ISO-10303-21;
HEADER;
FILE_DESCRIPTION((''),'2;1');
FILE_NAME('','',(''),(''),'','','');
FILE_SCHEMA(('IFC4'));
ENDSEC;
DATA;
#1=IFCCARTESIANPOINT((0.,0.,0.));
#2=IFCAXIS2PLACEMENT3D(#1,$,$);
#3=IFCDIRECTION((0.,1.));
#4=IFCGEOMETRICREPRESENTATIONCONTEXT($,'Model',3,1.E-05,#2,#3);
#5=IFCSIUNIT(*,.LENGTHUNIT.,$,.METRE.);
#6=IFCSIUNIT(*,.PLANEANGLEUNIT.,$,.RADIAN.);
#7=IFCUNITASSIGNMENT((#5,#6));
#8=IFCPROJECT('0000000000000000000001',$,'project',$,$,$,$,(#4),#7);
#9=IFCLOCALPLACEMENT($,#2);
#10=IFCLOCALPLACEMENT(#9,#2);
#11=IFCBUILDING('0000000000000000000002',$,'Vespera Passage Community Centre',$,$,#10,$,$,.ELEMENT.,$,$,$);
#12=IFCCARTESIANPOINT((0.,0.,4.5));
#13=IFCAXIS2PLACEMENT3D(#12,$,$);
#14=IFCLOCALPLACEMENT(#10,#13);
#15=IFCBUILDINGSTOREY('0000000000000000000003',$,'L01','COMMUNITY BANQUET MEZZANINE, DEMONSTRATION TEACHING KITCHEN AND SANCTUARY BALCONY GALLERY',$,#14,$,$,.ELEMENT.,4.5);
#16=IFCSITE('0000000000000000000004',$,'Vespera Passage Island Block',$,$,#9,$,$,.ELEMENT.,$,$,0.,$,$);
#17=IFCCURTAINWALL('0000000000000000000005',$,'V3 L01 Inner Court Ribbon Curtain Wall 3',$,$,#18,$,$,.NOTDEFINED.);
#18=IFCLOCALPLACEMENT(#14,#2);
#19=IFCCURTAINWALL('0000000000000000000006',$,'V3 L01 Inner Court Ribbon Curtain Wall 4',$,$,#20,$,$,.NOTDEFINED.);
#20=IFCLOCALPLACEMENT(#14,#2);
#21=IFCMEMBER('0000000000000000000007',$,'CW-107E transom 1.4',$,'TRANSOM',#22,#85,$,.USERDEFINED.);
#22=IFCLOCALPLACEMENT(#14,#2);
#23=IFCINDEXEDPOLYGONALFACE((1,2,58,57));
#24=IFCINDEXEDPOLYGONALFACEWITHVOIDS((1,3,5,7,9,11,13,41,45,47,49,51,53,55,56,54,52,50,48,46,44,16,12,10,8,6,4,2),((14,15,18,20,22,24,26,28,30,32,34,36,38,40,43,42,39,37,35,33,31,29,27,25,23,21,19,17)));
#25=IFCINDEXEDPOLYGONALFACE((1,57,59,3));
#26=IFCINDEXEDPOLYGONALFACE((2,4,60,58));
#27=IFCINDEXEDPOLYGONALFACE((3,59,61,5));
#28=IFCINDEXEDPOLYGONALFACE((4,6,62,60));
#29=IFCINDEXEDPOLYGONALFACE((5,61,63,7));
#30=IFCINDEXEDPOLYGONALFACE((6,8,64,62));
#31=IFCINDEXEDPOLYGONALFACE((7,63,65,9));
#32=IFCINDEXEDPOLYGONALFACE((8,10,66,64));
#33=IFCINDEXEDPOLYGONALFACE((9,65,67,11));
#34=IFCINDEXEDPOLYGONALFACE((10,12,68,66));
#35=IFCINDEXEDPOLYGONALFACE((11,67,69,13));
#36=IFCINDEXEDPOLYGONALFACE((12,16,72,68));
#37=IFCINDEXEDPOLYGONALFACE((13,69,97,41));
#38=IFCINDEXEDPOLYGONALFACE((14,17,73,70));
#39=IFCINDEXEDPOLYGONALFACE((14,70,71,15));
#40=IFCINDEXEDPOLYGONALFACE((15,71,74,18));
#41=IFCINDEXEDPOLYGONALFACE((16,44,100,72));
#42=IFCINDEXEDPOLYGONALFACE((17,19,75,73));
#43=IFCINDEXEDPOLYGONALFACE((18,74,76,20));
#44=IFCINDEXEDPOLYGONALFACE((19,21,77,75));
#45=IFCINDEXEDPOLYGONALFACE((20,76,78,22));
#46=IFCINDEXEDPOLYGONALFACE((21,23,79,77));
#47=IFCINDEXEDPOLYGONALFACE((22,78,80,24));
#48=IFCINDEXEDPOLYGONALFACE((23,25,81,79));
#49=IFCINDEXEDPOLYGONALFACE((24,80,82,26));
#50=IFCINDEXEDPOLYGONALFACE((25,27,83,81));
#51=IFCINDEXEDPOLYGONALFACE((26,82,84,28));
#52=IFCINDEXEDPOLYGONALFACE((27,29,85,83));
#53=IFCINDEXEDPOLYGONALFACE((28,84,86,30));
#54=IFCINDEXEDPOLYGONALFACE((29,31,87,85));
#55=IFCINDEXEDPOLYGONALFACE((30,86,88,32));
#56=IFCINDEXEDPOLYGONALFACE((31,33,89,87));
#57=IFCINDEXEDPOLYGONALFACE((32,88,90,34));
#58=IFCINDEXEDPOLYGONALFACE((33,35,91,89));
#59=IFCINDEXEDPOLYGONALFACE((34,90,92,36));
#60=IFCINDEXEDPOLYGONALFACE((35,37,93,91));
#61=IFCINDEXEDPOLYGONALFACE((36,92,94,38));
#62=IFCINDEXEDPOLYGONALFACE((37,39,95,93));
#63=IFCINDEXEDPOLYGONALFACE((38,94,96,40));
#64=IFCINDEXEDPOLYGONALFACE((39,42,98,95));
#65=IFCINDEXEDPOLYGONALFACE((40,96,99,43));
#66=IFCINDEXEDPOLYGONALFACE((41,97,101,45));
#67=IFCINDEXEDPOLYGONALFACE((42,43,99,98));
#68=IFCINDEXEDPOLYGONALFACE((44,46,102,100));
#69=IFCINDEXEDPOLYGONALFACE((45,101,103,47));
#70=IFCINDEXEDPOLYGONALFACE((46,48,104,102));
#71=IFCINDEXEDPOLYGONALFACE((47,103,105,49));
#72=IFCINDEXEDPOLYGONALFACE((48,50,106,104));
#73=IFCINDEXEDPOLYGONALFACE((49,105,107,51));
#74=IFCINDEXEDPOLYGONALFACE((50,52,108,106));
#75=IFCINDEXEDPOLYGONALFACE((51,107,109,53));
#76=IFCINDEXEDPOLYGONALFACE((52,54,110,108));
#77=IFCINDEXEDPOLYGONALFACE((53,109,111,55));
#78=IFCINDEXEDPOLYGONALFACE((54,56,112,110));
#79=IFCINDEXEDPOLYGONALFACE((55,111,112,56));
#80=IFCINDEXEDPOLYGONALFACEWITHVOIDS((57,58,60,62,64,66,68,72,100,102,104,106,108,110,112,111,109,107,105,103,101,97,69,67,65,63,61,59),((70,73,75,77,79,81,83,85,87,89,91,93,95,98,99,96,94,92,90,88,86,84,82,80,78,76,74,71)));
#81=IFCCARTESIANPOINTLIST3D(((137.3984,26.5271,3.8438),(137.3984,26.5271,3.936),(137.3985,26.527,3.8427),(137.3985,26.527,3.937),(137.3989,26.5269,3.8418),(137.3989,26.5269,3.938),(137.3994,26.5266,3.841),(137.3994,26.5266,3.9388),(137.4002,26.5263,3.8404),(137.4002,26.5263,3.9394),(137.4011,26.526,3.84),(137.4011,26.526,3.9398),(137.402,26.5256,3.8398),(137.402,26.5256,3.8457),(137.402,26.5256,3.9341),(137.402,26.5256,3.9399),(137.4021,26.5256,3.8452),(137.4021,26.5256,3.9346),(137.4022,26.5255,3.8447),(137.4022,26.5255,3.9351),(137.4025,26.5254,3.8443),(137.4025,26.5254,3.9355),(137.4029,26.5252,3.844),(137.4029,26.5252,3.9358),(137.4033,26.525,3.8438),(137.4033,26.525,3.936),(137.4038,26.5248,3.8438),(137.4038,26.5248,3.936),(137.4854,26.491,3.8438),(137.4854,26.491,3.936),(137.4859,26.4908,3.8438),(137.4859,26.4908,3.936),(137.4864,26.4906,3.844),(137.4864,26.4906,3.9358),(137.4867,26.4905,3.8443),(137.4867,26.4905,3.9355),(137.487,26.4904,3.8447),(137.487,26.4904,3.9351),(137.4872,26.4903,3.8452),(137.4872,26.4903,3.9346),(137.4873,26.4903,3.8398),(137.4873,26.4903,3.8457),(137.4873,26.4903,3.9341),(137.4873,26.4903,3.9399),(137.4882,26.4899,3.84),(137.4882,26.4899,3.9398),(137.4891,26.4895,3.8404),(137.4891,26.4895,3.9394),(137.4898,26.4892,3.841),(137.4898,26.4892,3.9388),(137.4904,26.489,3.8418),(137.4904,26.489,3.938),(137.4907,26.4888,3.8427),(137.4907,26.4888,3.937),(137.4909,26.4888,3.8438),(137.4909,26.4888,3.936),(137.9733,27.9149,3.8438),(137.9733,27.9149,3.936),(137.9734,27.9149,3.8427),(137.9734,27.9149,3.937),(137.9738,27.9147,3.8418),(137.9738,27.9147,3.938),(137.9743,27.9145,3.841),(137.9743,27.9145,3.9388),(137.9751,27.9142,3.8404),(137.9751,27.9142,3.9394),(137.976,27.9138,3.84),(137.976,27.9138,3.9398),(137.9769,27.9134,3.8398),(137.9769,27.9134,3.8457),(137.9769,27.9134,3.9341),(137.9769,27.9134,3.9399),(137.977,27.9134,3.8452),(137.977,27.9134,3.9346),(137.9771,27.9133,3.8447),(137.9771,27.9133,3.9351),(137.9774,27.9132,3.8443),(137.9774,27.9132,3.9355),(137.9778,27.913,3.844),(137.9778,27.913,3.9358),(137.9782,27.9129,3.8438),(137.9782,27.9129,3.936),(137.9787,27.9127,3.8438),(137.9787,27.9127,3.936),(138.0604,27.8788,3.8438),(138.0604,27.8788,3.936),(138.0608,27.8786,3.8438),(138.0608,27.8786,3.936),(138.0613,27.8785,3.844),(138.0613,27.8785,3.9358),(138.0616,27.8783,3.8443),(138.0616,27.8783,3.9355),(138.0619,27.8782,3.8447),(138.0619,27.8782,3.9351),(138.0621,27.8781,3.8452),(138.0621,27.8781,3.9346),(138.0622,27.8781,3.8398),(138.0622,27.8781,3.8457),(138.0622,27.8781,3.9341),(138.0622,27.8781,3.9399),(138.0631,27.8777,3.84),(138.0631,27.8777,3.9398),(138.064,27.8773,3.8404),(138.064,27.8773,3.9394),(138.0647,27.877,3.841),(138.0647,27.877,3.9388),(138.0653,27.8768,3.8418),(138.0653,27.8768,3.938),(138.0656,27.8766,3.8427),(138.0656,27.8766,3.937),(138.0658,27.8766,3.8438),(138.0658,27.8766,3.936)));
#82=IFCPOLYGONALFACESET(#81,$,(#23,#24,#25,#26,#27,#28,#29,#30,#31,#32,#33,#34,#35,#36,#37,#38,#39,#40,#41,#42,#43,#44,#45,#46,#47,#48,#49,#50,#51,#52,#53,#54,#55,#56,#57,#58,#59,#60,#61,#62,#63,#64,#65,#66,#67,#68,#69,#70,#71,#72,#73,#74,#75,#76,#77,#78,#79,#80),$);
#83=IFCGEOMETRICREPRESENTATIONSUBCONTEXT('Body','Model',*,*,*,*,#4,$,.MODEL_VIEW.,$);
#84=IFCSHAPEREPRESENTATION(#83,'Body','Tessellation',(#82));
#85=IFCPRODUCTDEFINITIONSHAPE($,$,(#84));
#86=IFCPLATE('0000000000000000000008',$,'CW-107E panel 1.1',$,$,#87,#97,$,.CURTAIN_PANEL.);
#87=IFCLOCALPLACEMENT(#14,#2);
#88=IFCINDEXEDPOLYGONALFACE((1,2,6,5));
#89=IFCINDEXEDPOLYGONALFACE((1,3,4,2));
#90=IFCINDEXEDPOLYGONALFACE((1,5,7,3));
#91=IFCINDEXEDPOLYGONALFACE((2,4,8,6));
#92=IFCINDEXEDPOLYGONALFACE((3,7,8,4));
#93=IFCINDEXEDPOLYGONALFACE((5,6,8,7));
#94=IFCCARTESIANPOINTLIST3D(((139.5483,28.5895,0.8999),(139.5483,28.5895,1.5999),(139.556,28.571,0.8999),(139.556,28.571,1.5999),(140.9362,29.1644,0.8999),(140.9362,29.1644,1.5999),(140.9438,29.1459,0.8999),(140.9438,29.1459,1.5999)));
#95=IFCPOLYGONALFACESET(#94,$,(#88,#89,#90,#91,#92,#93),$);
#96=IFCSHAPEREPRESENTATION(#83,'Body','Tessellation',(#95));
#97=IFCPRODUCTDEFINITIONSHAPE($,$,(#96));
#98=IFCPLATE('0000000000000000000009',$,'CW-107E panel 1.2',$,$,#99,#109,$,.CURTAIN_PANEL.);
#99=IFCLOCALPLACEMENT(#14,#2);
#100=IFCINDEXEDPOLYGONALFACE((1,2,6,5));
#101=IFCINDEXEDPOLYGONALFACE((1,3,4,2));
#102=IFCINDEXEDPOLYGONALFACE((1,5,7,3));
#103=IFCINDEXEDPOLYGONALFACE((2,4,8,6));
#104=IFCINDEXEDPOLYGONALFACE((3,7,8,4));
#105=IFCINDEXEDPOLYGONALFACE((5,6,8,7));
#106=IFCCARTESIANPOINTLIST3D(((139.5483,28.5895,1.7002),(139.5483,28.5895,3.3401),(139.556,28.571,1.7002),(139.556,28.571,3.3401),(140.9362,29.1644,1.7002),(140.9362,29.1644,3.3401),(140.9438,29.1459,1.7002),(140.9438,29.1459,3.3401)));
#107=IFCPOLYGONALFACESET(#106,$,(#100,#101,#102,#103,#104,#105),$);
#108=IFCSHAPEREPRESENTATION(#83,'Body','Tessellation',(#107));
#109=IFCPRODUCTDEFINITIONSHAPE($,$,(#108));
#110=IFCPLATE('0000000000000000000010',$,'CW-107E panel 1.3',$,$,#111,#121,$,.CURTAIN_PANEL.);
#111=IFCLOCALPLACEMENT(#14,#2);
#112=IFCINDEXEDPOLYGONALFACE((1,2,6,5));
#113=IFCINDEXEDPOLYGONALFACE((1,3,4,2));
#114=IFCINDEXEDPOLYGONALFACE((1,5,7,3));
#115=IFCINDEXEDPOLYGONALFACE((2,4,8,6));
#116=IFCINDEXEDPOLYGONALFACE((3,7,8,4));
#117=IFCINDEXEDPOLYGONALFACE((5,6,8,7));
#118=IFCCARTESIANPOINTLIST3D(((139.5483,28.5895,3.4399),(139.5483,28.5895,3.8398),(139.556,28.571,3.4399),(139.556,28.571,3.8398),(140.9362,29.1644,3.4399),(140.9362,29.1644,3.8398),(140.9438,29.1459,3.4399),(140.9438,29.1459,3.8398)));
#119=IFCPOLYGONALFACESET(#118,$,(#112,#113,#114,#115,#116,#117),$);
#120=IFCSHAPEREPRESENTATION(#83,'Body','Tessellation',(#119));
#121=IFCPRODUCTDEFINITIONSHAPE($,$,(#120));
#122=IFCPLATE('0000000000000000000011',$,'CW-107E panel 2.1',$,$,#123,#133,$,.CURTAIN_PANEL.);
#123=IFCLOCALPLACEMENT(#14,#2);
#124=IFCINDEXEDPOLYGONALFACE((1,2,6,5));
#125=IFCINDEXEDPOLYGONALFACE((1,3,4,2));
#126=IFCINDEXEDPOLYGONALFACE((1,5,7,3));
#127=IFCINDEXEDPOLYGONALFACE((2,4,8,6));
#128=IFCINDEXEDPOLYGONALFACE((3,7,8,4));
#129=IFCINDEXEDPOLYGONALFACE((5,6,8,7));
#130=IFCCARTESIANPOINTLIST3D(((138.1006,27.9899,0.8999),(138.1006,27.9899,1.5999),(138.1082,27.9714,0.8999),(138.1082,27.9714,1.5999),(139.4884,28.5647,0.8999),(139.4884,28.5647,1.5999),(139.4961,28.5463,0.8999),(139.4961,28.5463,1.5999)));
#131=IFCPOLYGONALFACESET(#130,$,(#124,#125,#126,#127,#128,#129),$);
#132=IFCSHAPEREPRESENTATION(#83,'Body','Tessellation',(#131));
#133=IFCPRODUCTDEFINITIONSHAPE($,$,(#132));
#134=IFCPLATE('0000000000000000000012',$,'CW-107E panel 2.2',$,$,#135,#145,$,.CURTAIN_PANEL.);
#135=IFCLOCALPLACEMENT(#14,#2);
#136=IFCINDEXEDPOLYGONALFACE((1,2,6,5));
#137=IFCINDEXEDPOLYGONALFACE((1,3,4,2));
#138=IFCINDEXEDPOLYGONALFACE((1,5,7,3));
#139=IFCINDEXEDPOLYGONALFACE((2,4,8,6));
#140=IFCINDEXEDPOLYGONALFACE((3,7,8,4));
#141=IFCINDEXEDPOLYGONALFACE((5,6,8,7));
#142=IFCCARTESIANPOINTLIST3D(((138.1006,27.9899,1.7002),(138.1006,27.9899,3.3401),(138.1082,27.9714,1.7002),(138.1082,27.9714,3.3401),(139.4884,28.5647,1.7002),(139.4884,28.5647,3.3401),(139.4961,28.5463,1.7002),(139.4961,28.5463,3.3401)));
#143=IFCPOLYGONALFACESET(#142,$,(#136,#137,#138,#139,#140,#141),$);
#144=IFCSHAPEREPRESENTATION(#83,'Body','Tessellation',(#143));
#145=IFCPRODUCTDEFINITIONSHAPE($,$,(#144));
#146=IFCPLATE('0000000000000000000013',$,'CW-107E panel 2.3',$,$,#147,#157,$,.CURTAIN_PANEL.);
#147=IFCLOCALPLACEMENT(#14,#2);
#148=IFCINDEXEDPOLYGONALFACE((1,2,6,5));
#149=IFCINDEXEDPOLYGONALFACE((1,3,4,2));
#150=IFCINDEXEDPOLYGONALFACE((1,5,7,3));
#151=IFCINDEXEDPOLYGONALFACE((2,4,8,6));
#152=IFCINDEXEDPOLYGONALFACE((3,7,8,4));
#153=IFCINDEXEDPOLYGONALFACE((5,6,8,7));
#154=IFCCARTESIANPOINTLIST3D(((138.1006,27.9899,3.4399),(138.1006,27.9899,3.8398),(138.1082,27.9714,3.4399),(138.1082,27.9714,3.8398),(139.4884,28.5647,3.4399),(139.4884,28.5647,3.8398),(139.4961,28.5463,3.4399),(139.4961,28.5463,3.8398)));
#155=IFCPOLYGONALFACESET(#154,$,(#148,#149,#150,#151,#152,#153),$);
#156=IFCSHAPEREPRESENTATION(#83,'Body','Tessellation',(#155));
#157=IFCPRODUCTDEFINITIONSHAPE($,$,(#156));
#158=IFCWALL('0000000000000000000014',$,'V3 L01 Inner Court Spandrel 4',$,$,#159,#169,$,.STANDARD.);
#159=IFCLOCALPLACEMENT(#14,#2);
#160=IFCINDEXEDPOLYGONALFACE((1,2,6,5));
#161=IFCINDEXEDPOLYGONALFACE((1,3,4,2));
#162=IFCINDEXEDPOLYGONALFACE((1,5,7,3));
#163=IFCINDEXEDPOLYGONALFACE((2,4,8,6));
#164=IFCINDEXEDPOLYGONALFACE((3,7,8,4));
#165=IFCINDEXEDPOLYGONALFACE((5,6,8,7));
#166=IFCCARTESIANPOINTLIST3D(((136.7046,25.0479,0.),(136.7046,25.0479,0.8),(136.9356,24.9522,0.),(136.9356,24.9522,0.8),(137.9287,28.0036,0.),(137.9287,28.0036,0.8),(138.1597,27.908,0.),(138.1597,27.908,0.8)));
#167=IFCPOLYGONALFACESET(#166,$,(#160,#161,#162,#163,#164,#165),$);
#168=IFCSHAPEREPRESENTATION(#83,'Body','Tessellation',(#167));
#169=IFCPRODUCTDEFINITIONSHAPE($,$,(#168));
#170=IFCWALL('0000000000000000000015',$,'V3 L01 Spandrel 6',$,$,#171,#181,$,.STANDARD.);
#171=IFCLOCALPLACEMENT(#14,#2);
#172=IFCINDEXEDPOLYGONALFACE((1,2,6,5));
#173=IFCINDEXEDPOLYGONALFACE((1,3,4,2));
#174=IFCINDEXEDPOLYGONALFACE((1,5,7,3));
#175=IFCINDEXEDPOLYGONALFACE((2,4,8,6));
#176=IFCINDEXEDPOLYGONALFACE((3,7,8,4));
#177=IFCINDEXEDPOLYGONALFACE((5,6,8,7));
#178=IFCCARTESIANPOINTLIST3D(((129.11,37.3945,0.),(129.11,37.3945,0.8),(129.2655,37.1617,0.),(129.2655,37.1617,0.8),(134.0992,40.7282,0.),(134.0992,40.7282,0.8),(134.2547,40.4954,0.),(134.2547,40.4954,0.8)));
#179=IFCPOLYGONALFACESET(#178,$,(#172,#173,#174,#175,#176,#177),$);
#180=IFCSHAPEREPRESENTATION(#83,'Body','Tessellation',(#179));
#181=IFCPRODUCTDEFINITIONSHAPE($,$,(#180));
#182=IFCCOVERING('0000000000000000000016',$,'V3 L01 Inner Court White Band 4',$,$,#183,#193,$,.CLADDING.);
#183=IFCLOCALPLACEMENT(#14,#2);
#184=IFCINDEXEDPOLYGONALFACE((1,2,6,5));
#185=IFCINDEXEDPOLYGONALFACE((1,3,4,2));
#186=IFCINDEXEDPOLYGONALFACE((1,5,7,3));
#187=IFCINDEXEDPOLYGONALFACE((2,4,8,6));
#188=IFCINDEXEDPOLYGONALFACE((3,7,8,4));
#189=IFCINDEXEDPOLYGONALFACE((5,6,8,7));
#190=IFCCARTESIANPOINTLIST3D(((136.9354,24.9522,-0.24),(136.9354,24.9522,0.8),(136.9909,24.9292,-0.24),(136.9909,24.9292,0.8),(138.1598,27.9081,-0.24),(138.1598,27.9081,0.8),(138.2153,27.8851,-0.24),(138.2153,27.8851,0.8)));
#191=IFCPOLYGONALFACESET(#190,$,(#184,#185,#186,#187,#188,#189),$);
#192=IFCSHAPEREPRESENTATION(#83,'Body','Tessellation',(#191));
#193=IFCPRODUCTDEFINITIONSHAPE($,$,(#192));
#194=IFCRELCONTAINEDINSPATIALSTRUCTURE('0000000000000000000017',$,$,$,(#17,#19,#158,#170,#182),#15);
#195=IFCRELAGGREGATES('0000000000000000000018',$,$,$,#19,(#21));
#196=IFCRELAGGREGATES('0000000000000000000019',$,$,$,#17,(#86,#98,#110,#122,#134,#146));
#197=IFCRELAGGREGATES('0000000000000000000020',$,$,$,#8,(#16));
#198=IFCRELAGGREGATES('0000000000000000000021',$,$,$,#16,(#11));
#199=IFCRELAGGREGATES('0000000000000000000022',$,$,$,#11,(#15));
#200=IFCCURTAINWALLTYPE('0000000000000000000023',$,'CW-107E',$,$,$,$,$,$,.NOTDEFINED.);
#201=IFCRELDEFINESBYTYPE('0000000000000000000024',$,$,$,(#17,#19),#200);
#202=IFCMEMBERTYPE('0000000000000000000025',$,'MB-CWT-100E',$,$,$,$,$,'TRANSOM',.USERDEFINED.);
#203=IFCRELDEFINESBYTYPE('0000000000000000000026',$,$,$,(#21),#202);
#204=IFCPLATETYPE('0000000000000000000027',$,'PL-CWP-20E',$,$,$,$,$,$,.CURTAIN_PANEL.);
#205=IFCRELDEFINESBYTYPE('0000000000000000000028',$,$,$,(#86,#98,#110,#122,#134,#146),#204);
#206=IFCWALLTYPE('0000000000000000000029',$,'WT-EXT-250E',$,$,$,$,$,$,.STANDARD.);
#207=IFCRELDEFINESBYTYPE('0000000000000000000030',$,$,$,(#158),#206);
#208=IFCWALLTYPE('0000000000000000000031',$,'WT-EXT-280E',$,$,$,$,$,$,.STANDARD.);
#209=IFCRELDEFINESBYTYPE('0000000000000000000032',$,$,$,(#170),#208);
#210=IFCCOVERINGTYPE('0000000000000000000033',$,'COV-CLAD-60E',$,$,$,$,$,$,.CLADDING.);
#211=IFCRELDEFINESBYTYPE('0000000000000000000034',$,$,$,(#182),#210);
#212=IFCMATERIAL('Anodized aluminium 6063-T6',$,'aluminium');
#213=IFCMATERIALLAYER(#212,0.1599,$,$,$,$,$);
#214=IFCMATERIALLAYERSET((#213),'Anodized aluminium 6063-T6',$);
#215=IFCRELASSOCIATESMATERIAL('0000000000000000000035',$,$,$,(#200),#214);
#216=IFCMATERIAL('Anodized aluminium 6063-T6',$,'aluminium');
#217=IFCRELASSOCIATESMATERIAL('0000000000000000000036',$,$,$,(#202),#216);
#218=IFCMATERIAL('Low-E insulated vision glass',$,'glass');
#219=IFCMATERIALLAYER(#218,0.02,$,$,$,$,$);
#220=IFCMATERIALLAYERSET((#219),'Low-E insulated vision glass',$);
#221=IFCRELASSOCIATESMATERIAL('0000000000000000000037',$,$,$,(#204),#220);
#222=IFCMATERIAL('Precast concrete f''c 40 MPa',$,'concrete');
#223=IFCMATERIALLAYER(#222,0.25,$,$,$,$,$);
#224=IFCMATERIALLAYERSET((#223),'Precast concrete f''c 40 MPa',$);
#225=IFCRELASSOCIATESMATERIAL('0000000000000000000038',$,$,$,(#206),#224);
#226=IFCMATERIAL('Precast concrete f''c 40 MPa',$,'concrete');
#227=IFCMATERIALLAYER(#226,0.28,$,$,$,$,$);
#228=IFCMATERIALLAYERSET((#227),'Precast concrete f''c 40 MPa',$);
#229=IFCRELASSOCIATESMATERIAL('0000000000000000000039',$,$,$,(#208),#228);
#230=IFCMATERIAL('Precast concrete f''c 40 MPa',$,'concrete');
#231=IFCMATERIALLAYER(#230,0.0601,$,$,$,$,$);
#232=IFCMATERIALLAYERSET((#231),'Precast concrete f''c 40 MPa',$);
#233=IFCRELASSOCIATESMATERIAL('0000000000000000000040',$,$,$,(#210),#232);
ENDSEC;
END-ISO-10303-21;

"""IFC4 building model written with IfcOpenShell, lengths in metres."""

from ifc_helpers import new_model, si_unit, direction, frame, frame_2d, origin, origin_2d, place, context, subcontext, project, spatial, rectangle, hollow_rectangle, extrude, material, layer, layer_set, material_profile, profile_set, type_object, element, aggregate, save


model = new_model("IFC4")

# Units and contexts
model_context = context("Model", 3, precision=1e-05, world=origin(), true_north=direction((0.0, 1.0)))
body_context = subcontext(model_context, "Body", "Model", "MODEL_VIEW")
ifc_project = project(units=[si_unit("LENGTHUNIT", "METRE"), si_unit("PLANEANGLEUNIT", "RADIAN")], contexts=[model_context])

# Site, building, storey
site_placement = place(None, origin())
site = spatial("IfcSite", under=ifc_project, at=site_placement, Name="Vespera Passage Island Block", CompositionType="ELEMENT", RefElevation=0.0)
building_placement = place(site_placement, origin())
building = spatial("IfcBuilding", under=site, at=building_placement, Name="Vespera Passage Community Centre", CompositionType="ELEMENT")
storey_placement = place(building_placement, frame((0.0, 0.0, 4.5)))
storey = spatial("IfcBuildingStorey", under=building, at=storey_placement, Name="L01", Description="COMMUNITY BANQUET MEZZANINE, DEMONSTRATION TEACHING KITCHEN AND SANCTUARY BALCONY GALLERY", CompositionType="ELEMENT", Elevation=4.5)

# Curtain wall
ifc_material_1 = material(Name="Anodized aluminium 6063-T6", Category="aluminium")
ifc_layer_1 = layer(ifc_material_1, 0.1599)
ifc_layer_set_1 = layer_set([ifc_layer_1], Name="Anodized aluminium 6063-T6")
curtain_wall_type = type_object("IfcCurtainWallType", Name="CW-107E", PredefinedType="NOTDEFINED", material=ifc_layer_set_1)
curtain_wall_1_placement = place(storey_placement, origin())
curtain_wall_1 = element("IfcCurtainWall", 1, at=curtain_wall_1_placement, inside=storey, type_object=curtain_wall_type, Name="V3 L01 Inner Court Ribbon Curtain Wall 3", PredefinedType="NOTDEFINED")

# Curtain wall
curtain_wall_2_placement = place(storey_placement, origin())
curtain_wall_2 = element("IfcCurtainWall", 2, at=curtain_wall_2_placement, inside=storey, type_object=curtain_wall_type, Name="V3 L01 Inner Court Ribbon Curtain Wall 4", PredefinedType="NOTDEFINED")

# Member
ifc_material_2 = material(Name="Anodized aluminium 6063-T6", Category="aluminium")
ifc_material_profile_1 = material_profile(ifc_material_2, hollow_rectangle(XDim=0.1001, YDim=0.1001, WallThickness=0.0039, InnerFilletRadius=0.002, OuterFilletRadius=0.0039, at=origin_2d()), Name="ALU100X100X4")
ifc_profile_set_1 = profile_set([ifc_material_profile_1], Name="Anodized aluminium 6063-T6")
member_type_1 = type_object("IfcMemberType", Name="MB-CWT-100E", ElementType="TRANSOM", PredefinedType="USERDEFINED", material=ifc_profile_set_1)
member_1_placement = place(storey_placement, frame((138.0195, 27.8958, 3.8899), z_axis=(-0.382711, -0.923868, 0.0), x_axis=(0.923868, -0.382711, 0.0)))
member_1 = element("IfcMember", 3, at=member_1_placement, type_object=member_type_1, Name="CW-107E transom 1.4", ObjectType="TRANSOM", PredefinedType="USERDEFINED", context=body_context, shape_type="SweptSolid", body=[
    extrude(hollow_rectangle(XDim=0.1001, YDim=0.1001, WallThickness=0.0039, InnerFilletRadius=0.002, OuterFilletRadius=0.0039, at=origin_2d()), origin(), (0.0, 0.0, 1.0), 1.5022),
])
aggregate(curtain_wall_2, [member_1])

# Plates
ifc_material_3 = material(Name="Low-E insulated vision glass", Category="glass")
ifc_layer_2 = layer(ifc_material_3, 0.02)
ifc_layer_set_2 = layer_set([ifc_layer_2], Name="Low-E insulated vision glass")
plate_type = type_object("IfcPlateType", Name="PL-CWP-20E", PredefinedType="CURTAIN_PANEL", material=ifc_layer_set_2)
plate_1_placement = place(storey_placement, frame((140.2461, 28.8677, 0.8999), z_axis=(0.0, 0.0, 1.0), x_axis=(-0.923879, -0.382686, 0.0)))
plate_1 = element("IfcPlate", 4, at=plate_1_placement, type_object=plate_type, Name="CW-107E panel 1.1", PredefinedType="CURTAIN_PANEL", context=body_context, shape_type="SweptSolid", body=[
    extrude(rectangle(XDim=1.5022, YDim=0.02, at=origin_2d()), origin(), (0.0, 0.0, 1.0), 0.7),
])
plate_2_placement = place(storey_placement, frame((140.2461, 28.8677, 1.7002), z_axis=(0.0, 0.0, 1.0), x_axis=(-0.923879, -0.382686, 0.0)))
plate_2 = element("IfcPlate", 5, at=plate_2_placement, type_object=plate_type, Name="CW-107E panel 1.2", PredefinedType="CURTAIN_PANEL", context=body_context, shape_type="SweptSolid", body=[
    extrude(rectangle(XDim=1.5022, YDim=0.02, at=origin_2d()), origin(), (0.0, 0.0, 1.0), 1.6399),
])
plate_3_placement = place(storey_placement, frame((140.2461, 28.8677, 3.4399), z_axis=(0.0, 0.0, 1.0), x_axis=(-0.923879, -0.382686, 0.0)))
plate_3 = element("IfcPlate", 6, at=plate_3_placement, type_object=plate_type, Name="CW-107E panel 1.3", PredefinedType="CURTAIN_PANEL", context=body_context, shape_type="SweptSolid", body=[
    extrude(rectangle(XDim=1.5022, YDim=0.02, at=origin_2d()), origin(), (0.0, 0.0, 1.0), 0.3999),
])
plate_4_placement = place(storey_placement, frame((138.7983, 28.2681, 0.8999), z_axis=(0.0, 0.0, 1.0), x_axis=(-0.923879, -0.382686, 0.0)))
plate_4 = element("IfcPlate", 7, at=plate_4_placement, type_object=plate_type, Name="CW-107E panel 2.1", PredefinedType="CURTAIN_PANEL", context=body_context, shape_type="SweptSolid", body=[
    extrude(rectangle(XDim=1.5022, YDim=0.02, at=origin_2d()), origin(), (0.0, 0.0, 1.0), 0.7),
])
plate_5_placement = place(storey_placement, frame((138.7983, 28.2681, 1.7002), z_axis=(0.0, 0.0, 1.0), x_axis=(-0.923879, -0.382686, 0.0)))
plate_5 = element("IfcPlate", 8, at=plate_5_placement, type_object=plate_type, Name="CW-107E panel 2.2", PredefinedType="CURTAIN_PANEL", context=body_context, shape_type="SweptSolid", body=[
    extrude(rectangle(XDim=1.5022, YDim=0.02, at=origin_2d()), origin(), (0.0, 0.0, 1.0), 1.6399),
])
plate_6_placement = place(storey_placement, frame((138.7983, 28.2681, 3.4399), z_axis=(0.0, 0.0, 1.0), x_axis=(-0.923879, -0.382686, 0.0)))
plate_6 = element("IfcPlate", 9, at=plate_6_placement, type_object=plate_type, Name="CW-107E panel 2.3", PredefinedType="CURTAIN_PANEL", context=body_context, shape_type="SweptSolid", body=[
    extrude(rectangle(XDim=1.5022, YDim=0.02, at=origin_2d()), origin(), (0.0, 0.0, 1.0), 0.3999),
])
aggregate(curtain_wall_1, [plate_1, plate_2, plate_3, plate_4, plate_5, plate_6])

# Walls
ifc_material_4 = material(Name="Precast concrete f'c 40 MPa", Category="concrete")
ifc_layer_3 = layer(ifc_material_4, 0.25)
ifc_layer_set_3 = layer_set([ifc_layer_3], Name="Precast concrete f'c 40 MPa")
wall_type_1 = type_object("IfcWallType", Name="WT-EXT-250E", PredefinedType="STANDARD", material=ifc_layer_set_3)
wall_1_placement = place(storey_placement, frame((138.0442, 27.9558, 0.0), z_axis=(0.0, 0.0, 1.0), x_axis=(-0.382626, -0.923903, 0.0)))
element("IfcWall", 10, at=wall_1_placement, inside=storey, type_object=wall_type_1, Name="V3 L01 Inner Court Spandrel 4", PredefinedType="STANDARD", context=body_context, shape_type="SweptSolid", body=[
    extrude(rectangle(XDim=3.1992, YDim=0.25, at=frame_2d((1.5996, 0.0))), origin(), (0.0, 0.0, 1.0), 0.8),
])
ifc_material_5 = material(Name="Precast concrete f'c 40 MPa", Category="concrete")
ifc_layer_4 = layer(ifc_material_5, 0.28)
ifc_layer_set_4 = layer_set([ifc_layer_4], Name="Precast concrete f'c 40 MPa")
wall_type_2 = type_object("IfcWallType", Name="WT-EXT-280E", PredefinedType="STANDARD", material=ifc_layer_set_4)
wall_2_placement = place(storey_placement, frame((129.1877, 37.2781, 0.0), z_axis=(0.0, 0.0, 1.0), x_axis=(0.831468, 0.555573, 0.0)))
element("IfcWall", 11, at=wall_2_placement, inside=storey, type_object=wall_type_2, Name="V3 L01 Spandrel 6", PredefinedType="STANDARD", context=body_context, shape_type="SweptSolid", body=[
    extrude(rectangle(XDim=6.0005, YDim=0.28, at=frame_2d((3.0002, 0.0))), origin(), (0.0, 0.0, 1.0), 0.8),
])

# Covering
ifc_material_6 = material(Name="Precast concrete f'c 40 MPa", Category="concrete")
ifc_layer_5 = layer(ifc_material_6, 0.0601)
ifc_layer_set_5 = layer_set([ifc_layer_5], Name="Precast concrete f'c 40 MPa")
covering_type = type_object("IfcCoveringType", Name="COV-CLAD-60E", PredefinedType="CLADDING", material=ifc_layer_set_5)
covering_placement = place(storey_placement, frame((138.1875, 27.8965, -0.24), z_axis=(0.0, 0.0, 1.0), x_axis=(-0.382691, -0.923876, 0.0)))
element("IfcCovering", 12, at=covering_placement, inside=storey, type_object=covering_type, Name="V3 L01 Inner Court White Band 4", PredefinedType="CLADDING", context=body_context, shape_type="SweptSolid", body=[
    extrude(rectangle(XDim=3.1995, YDim=0.0601, at=frame_2d((1.5996, 0.0))), origin(), (0.0, 0.0, 1.0), 1.04),
])

save(model, "model.ifc")
